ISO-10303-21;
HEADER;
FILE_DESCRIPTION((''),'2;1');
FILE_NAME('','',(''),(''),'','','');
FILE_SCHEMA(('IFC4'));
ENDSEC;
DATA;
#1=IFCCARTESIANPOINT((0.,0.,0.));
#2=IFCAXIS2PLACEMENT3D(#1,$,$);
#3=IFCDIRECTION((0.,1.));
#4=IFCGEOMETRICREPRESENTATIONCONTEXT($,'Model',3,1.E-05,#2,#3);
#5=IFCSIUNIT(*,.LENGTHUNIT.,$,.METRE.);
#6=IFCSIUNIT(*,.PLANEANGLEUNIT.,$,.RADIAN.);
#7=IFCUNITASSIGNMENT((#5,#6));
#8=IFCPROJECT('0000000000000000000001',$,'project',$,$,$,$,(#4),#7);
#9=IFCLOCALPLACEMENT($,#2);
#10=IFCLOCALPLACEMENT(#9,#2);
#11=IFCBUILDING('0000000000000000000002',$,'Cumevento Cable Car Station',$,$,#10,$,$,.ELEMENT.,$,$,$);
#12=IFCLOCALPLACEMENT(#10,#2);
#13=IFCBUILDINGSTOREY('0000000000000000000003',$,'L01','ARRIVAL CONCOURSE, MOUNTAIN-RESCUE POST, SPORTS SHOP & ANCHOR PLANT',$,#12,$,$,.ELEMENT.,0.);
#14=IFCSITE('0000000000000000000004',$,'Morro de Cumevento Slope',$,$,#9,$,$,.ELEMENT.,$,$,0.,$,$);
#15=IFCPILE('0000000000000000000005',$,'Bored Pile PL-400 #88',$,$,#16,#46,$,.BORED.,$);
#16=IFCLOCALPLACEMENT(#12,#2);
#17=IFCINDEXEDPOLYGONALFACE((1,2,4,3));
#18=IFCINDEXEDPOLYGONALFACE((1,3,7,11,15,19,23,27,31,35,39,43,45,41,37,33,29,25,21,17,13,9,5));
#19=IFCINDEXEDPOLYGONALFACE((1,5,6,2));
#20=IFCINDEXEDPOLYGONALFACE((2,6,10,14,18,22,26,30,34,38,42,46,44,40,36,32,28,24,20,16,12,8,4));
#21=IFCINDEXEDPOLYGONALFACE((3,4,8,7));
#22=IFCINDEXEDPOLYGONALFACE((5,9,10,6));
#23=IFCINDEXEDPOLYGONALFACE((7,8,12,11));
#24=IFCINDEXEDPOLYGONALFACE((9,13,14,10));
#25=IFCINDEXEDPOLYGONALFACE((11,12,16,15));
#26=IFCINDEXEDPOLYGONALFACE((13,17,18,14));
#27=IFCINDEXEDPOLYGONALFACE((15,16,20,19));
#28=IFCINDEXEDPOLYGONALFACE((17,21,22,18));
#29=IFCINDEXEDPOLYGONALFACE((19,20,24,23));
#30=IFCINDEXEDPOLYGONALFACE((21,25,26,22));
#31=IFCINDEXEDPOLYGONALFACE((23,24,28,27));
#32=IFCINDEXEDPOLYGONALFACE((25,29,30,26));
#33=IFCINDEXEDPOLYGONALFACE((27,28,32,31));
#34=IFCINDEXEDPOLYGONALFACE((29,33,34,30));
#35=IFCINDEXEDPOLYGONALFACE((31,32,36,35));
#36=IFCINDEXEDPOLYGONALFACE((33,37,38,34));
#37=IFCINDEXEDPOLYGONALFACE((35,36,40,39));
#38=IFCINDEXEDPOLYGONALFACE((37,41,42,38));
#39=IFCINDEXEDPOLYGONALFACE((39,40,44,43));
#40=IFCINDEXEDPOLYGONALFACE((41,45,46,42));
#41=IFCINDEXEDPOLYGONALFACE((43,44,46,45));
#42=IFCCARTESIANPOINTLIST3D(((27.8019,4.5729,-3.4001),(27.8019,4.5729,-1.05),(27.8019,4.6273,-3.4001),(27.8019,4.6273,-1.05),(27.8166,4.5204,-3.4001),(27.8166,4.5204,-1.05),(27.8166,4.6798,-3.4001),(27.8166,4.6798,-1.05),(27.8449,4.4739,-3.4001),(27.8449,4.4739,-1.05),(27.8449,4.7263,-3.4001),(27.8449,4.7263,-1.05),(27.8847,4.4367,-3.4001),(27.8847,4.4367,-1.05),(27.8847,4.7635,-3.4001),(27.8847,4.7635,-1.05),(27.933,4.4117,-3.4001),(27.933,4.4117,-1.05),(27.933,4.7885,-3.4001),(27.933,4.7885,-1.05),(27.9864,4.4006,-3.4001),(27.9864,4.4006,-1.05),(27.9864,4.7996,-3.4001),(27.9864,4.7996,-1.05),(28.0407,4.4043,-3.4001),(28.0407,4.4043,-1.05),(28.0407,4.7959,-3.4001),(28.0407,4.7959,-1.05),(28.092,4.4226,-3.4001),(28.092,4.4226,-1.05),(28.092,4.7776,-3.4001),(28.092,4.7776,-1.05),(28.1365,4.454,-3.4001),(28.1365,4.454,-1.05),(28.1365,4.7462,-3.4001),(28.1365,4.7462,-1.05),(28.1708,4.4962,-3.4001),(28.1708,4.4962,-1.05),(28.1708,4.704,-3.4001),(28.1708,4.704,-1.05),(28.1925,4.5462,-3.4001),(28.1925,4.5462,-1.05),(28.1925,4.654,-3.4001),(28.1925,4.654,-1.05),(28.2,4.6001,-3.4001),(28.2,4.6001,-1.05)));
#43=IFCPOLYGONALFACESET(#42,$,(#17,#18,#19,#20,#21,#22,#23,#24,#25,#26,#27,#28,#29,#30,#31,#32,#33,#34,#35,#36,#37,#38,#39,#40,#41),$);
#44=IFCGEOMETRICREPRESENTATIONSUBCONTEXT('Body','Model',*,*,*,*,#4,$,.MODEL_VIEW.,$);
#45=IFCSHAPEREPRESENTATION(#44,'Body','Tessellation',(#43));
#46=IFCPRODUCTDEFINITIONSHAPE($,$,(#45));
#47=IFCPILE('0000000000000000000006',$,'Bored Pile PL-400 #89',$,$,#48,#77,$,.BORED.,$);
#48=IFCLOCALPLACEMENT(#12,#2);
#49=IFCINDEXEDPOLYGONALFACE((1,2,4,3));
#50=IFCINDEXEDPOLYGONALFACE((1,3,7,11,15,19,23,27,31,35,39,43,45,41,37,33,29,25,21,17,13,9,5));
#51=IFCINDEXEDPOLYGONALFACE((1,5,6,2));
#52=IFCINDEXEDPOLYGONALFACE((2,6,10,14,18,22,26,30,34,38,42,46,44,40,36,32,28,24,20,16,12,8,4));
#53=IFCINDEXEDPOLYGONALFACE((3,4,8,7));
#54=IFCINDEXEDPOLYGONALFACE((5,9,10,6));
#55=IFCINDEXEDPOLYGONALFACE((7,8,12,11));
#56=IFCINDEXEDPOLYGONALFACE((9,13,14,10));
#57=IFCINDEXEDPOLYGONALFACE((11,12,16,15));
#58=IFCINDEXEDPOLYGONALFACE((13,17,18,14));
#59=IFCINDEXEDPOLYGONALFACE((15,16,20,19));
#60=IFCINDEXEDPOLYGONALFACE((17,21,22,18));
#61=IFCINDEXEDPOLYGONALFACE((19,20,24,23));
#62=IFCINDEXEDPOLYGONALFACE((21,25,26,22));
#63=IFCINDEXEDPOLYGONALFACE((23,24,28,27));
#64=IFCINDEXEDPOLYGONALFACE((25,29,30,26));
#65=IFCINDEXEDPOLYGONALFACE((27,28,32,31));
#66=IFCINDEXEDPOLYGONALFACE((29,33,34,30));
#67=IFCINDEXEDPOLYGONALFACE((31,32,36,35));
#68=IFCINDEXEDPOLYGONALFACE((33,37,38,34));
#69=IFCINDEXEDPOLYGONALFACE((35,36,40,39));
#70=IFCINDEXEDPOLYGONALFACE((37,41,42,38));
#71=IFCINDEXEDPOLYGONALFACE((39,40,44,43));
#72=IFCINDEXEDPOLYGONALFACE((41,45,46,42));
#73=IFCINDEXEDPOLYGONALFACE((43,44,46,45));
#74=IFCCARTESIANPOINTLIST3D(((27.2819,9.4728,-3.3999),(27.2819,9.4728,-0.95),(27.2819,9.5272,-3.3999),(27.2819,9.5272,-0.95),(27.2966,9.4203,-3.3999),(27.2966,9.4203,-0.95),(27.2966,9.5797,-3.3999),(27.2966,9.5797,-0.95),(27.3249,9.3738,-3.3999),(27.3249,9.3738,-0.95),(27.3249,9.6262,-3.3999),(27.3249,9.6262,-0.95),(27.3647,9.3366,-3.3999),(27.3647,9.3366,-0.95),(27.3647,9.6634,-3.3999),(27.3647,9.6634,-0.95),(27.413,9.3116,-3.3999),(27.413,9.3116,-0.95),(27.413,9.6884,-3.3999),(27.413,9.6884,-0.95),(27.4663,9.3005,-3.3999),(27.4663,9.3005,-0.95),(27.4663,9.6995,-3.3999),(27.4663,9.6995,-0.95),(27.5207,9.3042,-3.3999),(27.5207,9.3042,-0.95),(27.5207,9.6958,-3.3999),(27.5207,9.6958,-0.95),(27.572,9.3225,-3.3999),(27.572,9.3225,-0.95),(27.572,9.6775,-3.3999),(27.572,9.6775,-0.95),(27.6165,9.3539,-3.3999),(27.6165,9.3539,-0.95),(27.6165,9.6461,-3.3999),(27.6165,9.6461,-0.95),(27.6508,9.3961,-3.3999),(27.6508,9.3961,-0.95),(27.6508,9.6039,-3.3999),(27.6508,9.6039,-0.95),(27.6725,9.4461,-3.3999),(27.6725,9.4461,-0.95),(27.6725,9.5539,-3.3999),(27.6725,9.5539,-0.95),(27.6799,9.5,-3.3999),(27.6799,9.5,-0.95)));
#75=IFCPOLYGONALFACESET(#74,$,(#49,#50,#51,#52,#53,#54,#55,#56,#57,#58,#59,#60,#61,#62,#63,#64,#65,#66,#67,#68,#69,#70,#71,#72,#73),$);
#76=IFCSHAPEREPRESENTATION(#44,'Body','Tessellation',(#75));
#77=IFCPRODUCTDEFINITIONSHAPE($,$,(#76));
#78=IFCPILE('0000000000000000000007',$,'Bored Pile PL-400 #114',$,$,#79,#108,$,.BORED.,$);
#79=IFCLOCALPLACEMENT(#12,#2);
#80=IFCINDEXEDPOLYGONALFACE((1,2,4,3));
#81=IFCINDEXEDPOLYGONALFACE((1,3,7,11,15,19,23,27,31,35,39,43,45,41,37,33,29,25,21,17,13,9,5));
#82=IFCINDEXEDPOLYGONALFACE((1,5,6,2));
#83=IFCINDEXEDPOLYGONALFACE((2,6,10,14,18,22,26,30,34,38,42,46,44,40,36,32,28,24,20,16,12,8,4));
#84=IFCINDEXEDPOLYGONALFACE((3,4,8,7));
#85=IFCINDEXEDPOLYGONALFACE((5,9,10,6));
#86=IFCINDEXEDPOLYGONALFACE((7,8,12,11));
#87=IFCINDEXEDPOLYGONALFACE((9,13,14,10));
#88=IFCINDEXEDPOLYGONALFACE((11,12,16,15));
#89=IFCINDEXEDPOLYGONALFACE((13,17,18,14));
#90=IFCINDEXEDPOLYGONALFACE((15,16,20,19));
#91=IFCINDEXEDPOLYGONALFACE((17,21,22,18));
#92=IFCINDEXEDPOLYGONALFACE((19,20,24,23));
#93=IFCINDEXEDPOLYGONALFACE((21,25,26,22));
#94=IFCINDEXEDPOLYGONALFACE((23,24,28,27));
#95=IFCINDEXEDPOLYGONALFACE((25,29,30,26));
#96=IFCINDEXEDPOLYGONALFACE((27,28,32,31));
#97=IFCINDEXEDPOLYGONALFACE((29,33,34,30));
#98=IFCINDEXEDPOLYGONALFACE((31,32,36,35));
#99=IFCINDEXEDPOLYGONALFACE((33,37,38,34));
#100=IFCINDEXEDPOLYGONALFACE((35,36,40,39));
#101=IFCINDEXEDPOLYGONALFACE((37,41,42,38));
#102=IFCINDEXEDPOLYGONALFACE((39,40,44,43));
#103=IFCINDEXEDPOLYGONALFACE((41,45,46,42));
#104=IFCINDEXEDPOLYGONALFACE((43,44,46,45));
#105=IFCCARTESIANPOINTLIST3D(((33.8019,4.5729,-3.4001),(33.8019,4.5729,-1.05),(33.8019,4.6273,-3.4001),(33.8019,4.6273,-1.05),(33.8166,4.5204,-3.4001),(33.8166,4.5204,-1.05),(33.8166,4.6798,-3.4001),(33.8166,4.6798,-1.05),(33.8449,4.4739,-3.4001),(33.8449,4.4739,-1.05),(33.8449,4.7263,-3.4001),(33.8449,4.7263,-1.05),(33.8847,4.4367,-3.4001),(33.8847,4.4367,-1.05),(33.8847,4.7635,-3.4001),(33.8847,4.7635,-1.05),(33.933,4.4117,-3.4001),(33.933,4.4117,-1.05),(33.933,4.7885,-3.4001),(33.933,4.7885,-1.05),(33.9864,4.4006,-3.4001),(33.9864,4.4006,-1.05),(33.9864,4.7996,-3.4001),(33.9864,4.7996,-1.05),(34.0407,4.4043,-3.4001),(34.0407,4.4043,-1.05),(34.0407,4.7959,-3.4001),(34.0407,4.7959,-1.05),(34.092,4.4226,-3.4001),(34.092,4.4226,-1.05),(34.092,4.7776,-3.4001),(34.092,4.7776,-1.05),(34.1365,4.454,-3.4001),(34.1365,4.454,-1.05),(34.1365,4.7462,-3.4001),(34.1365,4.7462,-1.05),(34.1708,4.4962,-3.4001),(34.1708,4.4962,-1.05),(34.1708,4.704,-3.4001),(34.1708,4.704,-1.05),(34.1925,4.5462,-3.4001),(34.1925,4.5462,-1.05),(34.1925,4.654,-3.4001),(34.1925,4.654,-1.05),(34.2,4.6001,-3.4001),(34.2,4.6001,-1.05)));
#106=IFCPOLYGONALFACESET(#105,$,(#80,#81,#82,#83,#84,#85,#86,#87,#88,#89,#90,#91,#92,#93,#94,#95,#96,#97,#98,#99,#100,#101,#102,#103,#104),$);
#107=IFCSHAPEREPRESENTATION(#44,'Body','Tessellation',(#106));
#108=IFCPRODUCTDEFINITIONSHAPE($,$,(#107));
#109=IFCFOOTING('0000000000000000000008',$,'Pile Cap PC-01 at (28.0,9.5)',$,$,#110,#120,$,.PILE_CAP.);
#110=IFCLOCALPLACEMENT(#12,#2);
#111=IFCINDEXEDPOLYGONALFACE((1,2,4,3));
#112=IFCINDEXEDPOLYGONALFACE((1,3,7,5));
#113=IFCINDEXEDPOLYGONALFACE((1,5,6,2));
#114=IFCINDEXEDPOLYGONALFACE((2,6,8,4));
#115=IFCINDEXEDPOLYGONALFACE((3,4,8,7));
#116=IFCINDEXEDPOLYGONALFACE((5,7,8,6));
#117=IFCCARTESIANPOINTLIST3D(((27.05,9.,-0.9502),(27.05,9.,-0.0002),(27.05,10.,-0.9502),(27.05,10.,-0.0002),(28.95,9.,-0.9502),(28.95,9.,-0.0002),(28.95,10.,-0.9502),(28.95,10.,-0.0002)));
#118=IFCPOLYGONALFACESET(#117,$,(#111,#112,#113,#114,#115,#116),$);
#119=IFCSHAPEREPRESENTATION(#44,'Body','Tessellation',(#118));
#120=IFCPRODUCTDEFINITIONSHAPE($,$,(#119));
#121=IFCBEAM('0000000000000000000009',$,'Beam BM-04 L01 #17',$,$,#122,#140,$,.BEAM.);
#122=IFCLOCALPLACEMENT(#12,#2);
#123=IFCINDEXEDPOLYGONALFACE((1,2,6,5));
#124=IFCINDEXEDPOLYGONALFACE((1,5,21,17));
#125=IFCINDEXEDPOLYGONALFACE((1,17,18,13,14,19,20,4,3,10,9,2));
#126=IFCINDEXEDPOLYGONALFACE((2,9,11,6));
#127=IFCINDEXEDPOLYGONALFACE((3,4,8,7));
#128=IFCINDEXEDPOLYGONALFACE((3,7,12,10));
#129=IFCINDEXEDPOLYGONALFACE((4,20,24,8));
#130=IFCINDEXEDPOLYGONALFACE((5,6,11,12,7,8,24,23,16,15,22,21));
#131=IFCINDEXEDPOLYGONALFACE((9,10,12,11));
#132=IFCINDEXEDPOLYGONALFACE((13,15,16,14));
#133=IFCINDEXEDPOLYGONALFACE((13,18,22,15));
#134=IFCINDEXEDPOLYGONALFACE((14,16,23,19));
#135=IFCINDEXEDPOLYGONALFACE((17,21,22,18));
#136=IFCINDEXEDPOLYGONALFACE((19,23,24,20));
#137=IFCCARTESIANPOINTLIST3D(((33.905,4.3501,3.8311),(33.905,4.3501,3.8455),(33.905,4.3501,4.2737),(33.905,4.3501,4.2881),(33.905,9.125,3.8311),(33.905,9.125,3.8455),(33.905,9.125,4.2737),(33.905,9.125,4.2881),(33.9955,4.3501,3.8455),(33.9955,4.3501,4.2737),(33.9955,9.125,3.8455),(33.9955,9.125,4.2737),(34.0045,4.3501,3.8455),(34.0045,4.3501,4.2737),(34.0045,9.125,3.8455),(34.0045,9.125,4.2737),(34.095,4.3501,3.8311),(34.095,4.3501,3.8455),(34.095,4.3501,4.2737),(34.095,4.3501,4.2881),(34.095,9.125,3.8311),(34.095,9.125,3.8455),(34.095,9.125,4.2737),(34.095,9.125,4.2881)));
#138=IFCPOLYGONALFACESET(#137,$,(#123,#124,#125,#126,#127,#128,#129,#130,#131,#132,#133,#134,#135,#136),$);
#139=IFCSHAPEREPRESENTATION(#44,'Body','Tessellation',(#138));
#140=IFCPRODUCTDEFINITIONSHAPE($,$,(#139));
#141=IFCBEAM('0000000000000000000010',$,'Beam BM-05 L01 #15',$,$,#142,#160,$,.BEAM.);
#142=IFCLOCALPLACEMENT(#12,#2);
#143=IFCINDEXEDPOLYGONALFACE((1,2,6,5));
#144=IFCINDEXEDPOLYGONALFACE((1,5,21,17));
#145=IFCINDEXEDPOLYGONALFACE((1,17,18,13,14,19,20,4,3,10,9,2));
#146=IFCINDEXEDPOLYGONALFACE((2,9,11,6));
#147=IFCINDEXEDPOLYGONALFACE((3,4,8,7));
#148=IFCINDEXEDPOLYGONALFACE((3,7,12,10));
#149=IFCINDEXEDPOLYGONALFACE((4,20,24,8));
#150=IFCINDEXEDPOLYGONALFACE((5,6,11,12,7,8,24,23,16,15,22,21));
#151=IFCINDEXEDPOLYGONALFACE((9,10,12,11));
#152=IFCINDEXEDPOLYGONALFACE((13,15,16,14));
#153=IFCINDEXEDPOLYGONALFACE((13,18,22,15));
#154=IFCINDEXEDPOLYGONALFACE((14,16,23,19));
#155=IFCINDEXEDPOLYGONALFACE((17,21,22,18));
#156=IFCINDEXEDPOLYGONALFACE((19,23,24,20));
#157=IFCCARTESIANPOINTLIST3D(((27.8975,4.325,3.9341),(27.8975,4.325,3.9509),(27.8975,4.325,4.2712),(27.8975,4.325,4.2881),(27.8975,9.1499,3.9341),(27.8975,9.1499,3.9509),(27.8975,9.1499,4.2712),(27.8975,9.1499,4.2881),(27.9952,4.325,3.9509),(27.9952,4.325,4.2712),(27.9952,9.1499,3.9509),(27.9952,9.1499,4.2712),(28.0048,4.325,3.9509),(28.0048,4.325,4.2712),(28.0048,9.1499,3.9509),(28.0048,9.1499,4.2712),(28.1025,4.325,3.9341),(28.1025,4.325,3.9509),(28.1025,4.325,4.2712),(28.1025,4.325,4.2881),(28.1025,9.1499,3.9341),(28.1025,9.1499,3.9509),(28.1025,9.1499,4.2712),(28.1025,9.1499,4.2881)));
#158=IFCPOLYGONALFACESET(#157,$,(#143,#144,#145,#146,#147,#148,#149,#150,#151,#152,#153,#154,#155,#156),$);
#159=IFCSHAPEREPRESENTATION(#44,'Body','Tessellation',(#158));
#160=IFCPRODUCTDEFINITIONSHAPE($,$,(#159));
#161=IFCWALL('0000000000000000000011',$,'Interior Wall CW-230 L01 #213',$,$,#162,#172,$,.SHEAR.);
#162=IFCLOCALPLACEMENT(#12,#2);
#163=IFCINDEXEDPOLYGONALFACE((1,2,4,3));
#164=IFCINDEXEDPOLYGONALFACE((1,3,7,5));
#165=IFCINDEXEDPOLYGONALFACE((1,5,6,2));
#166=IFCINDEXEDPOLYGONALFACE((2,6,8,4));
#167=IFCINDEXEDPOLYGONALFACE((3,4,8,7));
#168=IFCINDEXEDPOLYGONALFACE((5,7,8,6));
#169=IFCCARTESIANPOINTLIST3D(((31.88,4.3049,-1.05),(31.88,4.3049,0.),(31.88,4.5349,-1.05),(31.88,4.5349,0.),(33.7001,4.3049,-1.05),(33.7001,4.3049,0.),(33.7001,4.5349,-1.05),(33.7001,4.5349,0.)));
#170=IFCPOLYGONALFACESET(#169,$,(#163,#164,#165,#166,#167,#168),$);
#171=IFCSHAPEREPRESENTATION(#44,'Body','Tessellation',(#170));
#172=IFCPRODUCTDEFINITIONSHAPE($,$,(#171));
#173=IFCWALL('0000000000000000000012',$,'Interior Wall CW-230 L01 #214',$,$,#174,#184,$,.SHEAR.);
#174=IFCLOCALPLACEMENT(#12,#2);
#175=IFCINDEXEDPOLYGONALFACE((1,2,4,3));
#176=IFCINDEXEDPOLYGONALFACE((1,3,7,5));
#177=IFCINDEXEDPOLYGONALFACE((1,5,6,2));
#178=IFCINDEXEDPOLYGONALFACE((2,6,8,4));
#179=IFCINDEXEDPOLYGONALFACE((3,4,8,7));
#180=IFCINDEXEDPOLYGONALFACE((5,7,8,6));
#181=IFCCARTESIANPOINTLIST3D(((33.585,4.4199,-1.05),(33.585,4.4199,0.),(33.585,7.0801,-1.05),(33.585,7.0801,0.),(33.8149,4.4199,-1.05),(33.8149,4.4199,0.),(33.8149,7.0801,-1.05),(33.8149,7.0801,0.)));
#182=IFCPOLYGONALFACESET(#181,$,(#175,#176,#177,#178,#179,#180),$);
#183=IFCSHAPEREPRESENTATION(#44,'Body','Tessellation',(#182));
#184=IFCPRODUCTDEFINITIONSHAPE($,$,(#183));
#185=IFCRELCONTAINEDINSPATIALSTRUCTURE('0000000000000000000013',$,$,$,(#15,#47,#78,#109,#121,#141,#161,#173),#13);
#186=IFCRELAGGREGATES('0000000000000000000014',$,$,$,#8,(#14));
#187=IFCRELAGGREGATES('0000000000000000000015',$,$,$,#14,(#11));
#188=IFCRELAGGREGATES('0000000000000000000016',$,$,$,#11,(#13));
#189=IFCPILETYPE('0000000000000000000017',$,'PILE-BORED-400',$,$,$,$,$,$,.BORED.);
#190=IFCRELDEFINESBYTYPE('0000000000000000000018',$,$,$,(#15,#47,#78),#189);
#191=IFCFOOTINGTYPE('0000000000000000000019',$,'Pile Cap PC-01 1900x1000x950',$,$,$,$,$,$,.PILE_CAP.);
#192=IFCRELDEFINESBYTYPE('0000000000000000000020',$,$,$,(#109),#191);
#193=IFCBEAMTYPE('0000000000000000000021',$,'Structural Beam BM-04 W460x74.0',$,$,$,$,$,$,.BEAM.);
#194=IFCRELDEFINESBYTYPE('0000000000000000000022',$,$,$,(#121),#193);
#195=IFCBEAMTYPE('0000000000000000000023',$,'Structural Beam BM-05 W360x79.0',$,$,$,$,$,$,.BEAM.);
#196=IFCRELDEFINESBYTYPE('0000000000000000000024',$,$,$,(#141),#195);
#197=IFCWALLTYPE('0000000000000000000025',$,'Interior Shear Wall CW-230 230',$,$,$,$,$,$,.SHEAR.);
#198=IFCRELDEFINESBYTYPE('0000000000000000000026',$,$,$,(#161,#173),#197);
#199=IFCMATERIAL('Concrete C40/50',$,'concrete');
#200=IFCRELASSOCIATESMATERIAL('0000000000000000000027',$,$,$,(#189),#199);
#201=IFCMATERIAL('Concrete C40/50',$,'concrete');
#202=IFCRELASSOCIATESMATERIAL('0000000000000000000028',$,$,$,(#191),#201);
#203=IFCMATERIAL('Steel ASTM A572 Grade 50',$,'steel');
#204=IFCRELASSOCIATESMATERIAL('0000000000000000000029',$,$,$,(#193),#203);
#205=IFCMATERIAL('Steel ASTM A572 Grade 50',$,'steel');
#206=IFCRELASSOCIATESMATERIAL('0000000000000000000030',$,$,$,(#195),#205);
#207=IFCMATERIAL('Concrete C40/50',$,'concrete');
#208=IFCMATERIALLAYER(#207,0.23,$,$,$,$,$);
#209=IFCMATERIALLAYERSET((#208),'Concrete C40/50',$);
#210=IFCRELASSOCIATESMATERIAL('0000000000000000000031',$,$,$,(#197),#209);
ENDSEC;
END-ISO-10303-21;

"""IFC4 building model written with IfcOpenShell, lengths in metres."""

from ifc_helpers import new_model, si_unit, direction, frame, frame_2d, origin, origin_2d, place, context, subcontext, project, spatial, rectangle, circle, i_section, extrude, material, layer, layer_set, material_profile, profile_set, type_object, element, save


model = new_model("IFC4")

# Units and contexts
model_context = context("Model", 3, precision=1e-05, world=origin(), true_north=direction((0.0, 1.0)))
body_context = subcontext(model_context, "Body", "Model", "MODEL_VIEW")
ifc_project = project(units=[si_unit("LENGTHUNIT", "METRE"), si_unit("PLANEANGLEUNIT", "RADIAN")], contexts=[model_context])

# Site, building, storey
site_placement = place(None, origin())
site = spatial("IfcSite", under=ifc_project, at=site_placement, Name="Morro de Cumevento Slope", CompositionType="ELEMENT", RefElevation=0.0)
building_placement = place(site_placement, origin())
building = spatial("IfcBuilding", under=site, at=building_placement, Name="Cumevento Cable Car Station", CompositionType="ELEMENT")
storey_placement = place(building_placement, origin())
storey = spatial("IfcBuildingStorey", under=building, at=storey_placement, Name="L01", Description="ARRIVAL CONCOURSE, MOUNTAIN-RESCUE POST, SPORTS SHOP & ANCHOR PLANT", CompositionType="ELEMENT", Elevation=0.0)

# Piles
ifc_material_1 = material(Name="Concrete C40/50", Category="concrete")
ifc_material_profile_1 = material_profile(ifc_material_1, circle(Radius=0.2, at=origin_2d()), Name="PILE-D400")
ifc_profile_set_1 = profile_set([ifc_material_profile_1], Name="Concrete C40/50")
pile_type = type_object("IfcPileType", Name="PILE-BORED-400", PredefinedType="BORED", material=ifc_profile_set_1)
pile_1_placement = place(storey_placement, frame((28.0, 4.6001, -1.05), z_axis=(0.0, 0.0, -1.0), x_axis=(1.0, 0.0, 0.0)))
element("IfcPile", 1, at=pile_1_placement, inside=storey, type_object=pile_type, Name="Bored Pile PL-400 #88", PredefinedType="BORED", context=body_context, shape_type="SweptSolid", body=[
    extrude(circle(Radius=0.2, at=origin_2d()), origin(), (0.0, 0.0, 1.0), 2.3501),
])
pile_2_placement = place(storey_placement, frame((27.48, 9.5, -0.95), z_axis=(0.0, 0.0, -1.0), x_axis=(1.0, 0.0, 0.0)))
element("IfcPile", 2, at=pile_2_placement, inside=storey, type_object=pile_type, Name="Bored Pile PL-400 #89", PredefinedType="BORED", context=body_context, shape_type="SweptSolid", body=[
    extrude(circle(Radius=0.2, at=origin_2d()), origin(), (0.0, 0.0, 1.0), 2.45),
])
pile_3_placement = place(storey_placement, frame((34.0, 4.6001, -1.05), z_axis=(0.0, 0.0, -1.0), x_axis=(1.0, 0.0, 0.0)))
element("IfcPile", 3, at=pile_3_placement, inside=storey, type_object=pile_type, Name="Bored Pile PL-400 #114", PredefinedType="BORED", context=body_context, shape_type="SweptSolid", body=[
    extrude(circle(Radius=0.2, at=origin_2d()), origin(), (0.0, 0.0, 1.0), 2.3501),
])

# Footing
ifc_material_2 = material(Name="Concrete C40/50", Category="concrete")
footing_type = type_object("IfcFootingType", Name="Pile Cap PC-01 1900x1000x950", PredefinedType="PILE_CAP", material=ifc_material_2)
footing_placement = place(storey_placement, frame((28.0, 9.5, -0.9502), z_axis=(0.0, 0.0, 1.0), x_axis=(1.0, 0.0, 0.0)))
element("IfcFooting", 4, at=footing_placement, inside=storey, type_object=footing_type, Name="Pile Cap PC-01 at (28.0,9.5)", PredefinedType="PILE_CAP", context=body_context, shape_type="SweptSolid", body=[
    extrude(rectangle(XDim=1.8999, YDim=1.0, at=origin_2d()), origin(), (0.0, 0.0, 1.0), 0.95),
])

# Beams
ifc_material_3 = material(Name="Steel ASTM A572 Grade 50", Category="steel")
ifc_material_profile_2 = material_profile(ifc_material_3, i_section(OverallWidth=0.1899, OverallDepth=0.457, WebThickness=0.009, FlangeThickness=0.0144, at=origin_2d()), Name="W460x74.0")
ifc_profile_set_2 = profile_set([ifc_material_profile_2], Name="Steel ASTM A572 Grade 50")
beam_type_1 = type_object("IfcBeamType", Name="Structural Beam BM-04 W460x74.0", PredefinedType="BEAM", material=ifc_profile_set_2)
beam_1_placement = place(storey_placement, frame((34.0, 4.3501, 4.0596), z_axis=(0.0, 1.0, 0.0), x_axis=(-1.0, 0.0, 0.0)))
element("IfcBeam", 5, at=beam_1_placement, inside=storey, type_object=beam_type_1, Name="Beam BM-04 L01 #17", PredefinedType="BEAM", context=body_context, shape_type="SweptSolid", body=[
    extrude(i_section(OverallWidth=0.1899, OverallDepth=0.457, WebThickness=0.009, FlangeThickness=0.0144, at=origin_2d()), origin(), (0.0, 0.0, 1.0), 4.7749),
])
ifc_material_4 = material(Name="Steel ASTM A572 Grade 50", Category="steel")
ifc_material_profile_3 = material_profile(ifc_material_4, i_section(OverallWidth=0.2051, OverallDepth=0.354, WebThickness=0.0095, FlangeThickness=0.0168, at=origin_2d()), Name="W360x79.0")
ifc_profile_set_3 = profile_set([ifc_material_profile_3], Name="Steel ASTM A572 Grade 50")
beam_type_2 = type_object("IfcBeamType", Name="Structural Beam BM-05 W360x79.0", PredefinedType="BEAM", material=ifc_profile_set_3)
beam_2_placement = place(storey_placement, frame((28.0, 4.325, 4.1111), z_axis=(0.0, 1.0, 0.0), x_axis=(-1.0, 0.0, 0.0)))
element("IfcBeam", 6, at=beam_2_placement, inside=storey, type_object=beam_type_2, Name="Beam BM-05 L01 #15", PredefinedType="BEAM", context=body_context, shape_type="SweptSolid", body=[
    extrude(i_section(OverallWidth=0.2051, OverallDepth=0.354, WebThickness=0.0095, FlangeThickness=0.0168, at=origin_2d()), origin(), (0.0, 0.0, 1.0), 4.825),
])

# Walls
ifc_material_5 = material(Name="Concrete C40/50", Category="concrete")
ifc_layer_1 = layer(ifc_material_5, 0.23)
ifc_layer_set_1 = layer_set([ifc_layer_1], Name="Concrete C40/50")
wall_type_1 = type_object("IfcWallType", Name="Interior Shear Wall CW-230 230", PredefinedType="SHEAR", material=ifc_layer_set_1)
wall_1_placement = place(storey_placement, frame((31.8799, 4.4199, -1.05), z_axis=(0.0, 0.0, 1.0), x_axis=(1.0, 0.0, 0.0)))
element("IfcWall", 7, at=wall_1_placement, inside=storey, type_object=wall_type_1, Name="Interior Wall CW-230 L01 #213", PredefinedType="SHEAR", context=body_context, shape_type="SweptSolid", body=[
    extrude(rectangle(XDim=1.8201, YDim=0.23, at=frame_2d((0.9102, 0.0))), origin(), (0.0, 0.0, 1.0), 1.05),
])
wall_2_placement = place(storey_placement, frame((33.7, 4.4199, -1.05), z_axis=(0.0, 0.0, 1.0), x_axis=(0.0, 1.0, 0.0)))
element("IfcWall", 8, at=wall_2_placement, inside=storey, type_object=wall_type_1, Name="Interior Wall CW-230 L01 #214", PredefinedType="SHEAR", context=body_context, shape_type="SweptSolid", body=[
    extrude(rectangle(XDim=2.6602, YDim=0.23, at=frame_2d((1.3301, 0.0))), origin(), (0.0, 0.0, 1.0), 1.05),
])

save(model, "model.ifc")
